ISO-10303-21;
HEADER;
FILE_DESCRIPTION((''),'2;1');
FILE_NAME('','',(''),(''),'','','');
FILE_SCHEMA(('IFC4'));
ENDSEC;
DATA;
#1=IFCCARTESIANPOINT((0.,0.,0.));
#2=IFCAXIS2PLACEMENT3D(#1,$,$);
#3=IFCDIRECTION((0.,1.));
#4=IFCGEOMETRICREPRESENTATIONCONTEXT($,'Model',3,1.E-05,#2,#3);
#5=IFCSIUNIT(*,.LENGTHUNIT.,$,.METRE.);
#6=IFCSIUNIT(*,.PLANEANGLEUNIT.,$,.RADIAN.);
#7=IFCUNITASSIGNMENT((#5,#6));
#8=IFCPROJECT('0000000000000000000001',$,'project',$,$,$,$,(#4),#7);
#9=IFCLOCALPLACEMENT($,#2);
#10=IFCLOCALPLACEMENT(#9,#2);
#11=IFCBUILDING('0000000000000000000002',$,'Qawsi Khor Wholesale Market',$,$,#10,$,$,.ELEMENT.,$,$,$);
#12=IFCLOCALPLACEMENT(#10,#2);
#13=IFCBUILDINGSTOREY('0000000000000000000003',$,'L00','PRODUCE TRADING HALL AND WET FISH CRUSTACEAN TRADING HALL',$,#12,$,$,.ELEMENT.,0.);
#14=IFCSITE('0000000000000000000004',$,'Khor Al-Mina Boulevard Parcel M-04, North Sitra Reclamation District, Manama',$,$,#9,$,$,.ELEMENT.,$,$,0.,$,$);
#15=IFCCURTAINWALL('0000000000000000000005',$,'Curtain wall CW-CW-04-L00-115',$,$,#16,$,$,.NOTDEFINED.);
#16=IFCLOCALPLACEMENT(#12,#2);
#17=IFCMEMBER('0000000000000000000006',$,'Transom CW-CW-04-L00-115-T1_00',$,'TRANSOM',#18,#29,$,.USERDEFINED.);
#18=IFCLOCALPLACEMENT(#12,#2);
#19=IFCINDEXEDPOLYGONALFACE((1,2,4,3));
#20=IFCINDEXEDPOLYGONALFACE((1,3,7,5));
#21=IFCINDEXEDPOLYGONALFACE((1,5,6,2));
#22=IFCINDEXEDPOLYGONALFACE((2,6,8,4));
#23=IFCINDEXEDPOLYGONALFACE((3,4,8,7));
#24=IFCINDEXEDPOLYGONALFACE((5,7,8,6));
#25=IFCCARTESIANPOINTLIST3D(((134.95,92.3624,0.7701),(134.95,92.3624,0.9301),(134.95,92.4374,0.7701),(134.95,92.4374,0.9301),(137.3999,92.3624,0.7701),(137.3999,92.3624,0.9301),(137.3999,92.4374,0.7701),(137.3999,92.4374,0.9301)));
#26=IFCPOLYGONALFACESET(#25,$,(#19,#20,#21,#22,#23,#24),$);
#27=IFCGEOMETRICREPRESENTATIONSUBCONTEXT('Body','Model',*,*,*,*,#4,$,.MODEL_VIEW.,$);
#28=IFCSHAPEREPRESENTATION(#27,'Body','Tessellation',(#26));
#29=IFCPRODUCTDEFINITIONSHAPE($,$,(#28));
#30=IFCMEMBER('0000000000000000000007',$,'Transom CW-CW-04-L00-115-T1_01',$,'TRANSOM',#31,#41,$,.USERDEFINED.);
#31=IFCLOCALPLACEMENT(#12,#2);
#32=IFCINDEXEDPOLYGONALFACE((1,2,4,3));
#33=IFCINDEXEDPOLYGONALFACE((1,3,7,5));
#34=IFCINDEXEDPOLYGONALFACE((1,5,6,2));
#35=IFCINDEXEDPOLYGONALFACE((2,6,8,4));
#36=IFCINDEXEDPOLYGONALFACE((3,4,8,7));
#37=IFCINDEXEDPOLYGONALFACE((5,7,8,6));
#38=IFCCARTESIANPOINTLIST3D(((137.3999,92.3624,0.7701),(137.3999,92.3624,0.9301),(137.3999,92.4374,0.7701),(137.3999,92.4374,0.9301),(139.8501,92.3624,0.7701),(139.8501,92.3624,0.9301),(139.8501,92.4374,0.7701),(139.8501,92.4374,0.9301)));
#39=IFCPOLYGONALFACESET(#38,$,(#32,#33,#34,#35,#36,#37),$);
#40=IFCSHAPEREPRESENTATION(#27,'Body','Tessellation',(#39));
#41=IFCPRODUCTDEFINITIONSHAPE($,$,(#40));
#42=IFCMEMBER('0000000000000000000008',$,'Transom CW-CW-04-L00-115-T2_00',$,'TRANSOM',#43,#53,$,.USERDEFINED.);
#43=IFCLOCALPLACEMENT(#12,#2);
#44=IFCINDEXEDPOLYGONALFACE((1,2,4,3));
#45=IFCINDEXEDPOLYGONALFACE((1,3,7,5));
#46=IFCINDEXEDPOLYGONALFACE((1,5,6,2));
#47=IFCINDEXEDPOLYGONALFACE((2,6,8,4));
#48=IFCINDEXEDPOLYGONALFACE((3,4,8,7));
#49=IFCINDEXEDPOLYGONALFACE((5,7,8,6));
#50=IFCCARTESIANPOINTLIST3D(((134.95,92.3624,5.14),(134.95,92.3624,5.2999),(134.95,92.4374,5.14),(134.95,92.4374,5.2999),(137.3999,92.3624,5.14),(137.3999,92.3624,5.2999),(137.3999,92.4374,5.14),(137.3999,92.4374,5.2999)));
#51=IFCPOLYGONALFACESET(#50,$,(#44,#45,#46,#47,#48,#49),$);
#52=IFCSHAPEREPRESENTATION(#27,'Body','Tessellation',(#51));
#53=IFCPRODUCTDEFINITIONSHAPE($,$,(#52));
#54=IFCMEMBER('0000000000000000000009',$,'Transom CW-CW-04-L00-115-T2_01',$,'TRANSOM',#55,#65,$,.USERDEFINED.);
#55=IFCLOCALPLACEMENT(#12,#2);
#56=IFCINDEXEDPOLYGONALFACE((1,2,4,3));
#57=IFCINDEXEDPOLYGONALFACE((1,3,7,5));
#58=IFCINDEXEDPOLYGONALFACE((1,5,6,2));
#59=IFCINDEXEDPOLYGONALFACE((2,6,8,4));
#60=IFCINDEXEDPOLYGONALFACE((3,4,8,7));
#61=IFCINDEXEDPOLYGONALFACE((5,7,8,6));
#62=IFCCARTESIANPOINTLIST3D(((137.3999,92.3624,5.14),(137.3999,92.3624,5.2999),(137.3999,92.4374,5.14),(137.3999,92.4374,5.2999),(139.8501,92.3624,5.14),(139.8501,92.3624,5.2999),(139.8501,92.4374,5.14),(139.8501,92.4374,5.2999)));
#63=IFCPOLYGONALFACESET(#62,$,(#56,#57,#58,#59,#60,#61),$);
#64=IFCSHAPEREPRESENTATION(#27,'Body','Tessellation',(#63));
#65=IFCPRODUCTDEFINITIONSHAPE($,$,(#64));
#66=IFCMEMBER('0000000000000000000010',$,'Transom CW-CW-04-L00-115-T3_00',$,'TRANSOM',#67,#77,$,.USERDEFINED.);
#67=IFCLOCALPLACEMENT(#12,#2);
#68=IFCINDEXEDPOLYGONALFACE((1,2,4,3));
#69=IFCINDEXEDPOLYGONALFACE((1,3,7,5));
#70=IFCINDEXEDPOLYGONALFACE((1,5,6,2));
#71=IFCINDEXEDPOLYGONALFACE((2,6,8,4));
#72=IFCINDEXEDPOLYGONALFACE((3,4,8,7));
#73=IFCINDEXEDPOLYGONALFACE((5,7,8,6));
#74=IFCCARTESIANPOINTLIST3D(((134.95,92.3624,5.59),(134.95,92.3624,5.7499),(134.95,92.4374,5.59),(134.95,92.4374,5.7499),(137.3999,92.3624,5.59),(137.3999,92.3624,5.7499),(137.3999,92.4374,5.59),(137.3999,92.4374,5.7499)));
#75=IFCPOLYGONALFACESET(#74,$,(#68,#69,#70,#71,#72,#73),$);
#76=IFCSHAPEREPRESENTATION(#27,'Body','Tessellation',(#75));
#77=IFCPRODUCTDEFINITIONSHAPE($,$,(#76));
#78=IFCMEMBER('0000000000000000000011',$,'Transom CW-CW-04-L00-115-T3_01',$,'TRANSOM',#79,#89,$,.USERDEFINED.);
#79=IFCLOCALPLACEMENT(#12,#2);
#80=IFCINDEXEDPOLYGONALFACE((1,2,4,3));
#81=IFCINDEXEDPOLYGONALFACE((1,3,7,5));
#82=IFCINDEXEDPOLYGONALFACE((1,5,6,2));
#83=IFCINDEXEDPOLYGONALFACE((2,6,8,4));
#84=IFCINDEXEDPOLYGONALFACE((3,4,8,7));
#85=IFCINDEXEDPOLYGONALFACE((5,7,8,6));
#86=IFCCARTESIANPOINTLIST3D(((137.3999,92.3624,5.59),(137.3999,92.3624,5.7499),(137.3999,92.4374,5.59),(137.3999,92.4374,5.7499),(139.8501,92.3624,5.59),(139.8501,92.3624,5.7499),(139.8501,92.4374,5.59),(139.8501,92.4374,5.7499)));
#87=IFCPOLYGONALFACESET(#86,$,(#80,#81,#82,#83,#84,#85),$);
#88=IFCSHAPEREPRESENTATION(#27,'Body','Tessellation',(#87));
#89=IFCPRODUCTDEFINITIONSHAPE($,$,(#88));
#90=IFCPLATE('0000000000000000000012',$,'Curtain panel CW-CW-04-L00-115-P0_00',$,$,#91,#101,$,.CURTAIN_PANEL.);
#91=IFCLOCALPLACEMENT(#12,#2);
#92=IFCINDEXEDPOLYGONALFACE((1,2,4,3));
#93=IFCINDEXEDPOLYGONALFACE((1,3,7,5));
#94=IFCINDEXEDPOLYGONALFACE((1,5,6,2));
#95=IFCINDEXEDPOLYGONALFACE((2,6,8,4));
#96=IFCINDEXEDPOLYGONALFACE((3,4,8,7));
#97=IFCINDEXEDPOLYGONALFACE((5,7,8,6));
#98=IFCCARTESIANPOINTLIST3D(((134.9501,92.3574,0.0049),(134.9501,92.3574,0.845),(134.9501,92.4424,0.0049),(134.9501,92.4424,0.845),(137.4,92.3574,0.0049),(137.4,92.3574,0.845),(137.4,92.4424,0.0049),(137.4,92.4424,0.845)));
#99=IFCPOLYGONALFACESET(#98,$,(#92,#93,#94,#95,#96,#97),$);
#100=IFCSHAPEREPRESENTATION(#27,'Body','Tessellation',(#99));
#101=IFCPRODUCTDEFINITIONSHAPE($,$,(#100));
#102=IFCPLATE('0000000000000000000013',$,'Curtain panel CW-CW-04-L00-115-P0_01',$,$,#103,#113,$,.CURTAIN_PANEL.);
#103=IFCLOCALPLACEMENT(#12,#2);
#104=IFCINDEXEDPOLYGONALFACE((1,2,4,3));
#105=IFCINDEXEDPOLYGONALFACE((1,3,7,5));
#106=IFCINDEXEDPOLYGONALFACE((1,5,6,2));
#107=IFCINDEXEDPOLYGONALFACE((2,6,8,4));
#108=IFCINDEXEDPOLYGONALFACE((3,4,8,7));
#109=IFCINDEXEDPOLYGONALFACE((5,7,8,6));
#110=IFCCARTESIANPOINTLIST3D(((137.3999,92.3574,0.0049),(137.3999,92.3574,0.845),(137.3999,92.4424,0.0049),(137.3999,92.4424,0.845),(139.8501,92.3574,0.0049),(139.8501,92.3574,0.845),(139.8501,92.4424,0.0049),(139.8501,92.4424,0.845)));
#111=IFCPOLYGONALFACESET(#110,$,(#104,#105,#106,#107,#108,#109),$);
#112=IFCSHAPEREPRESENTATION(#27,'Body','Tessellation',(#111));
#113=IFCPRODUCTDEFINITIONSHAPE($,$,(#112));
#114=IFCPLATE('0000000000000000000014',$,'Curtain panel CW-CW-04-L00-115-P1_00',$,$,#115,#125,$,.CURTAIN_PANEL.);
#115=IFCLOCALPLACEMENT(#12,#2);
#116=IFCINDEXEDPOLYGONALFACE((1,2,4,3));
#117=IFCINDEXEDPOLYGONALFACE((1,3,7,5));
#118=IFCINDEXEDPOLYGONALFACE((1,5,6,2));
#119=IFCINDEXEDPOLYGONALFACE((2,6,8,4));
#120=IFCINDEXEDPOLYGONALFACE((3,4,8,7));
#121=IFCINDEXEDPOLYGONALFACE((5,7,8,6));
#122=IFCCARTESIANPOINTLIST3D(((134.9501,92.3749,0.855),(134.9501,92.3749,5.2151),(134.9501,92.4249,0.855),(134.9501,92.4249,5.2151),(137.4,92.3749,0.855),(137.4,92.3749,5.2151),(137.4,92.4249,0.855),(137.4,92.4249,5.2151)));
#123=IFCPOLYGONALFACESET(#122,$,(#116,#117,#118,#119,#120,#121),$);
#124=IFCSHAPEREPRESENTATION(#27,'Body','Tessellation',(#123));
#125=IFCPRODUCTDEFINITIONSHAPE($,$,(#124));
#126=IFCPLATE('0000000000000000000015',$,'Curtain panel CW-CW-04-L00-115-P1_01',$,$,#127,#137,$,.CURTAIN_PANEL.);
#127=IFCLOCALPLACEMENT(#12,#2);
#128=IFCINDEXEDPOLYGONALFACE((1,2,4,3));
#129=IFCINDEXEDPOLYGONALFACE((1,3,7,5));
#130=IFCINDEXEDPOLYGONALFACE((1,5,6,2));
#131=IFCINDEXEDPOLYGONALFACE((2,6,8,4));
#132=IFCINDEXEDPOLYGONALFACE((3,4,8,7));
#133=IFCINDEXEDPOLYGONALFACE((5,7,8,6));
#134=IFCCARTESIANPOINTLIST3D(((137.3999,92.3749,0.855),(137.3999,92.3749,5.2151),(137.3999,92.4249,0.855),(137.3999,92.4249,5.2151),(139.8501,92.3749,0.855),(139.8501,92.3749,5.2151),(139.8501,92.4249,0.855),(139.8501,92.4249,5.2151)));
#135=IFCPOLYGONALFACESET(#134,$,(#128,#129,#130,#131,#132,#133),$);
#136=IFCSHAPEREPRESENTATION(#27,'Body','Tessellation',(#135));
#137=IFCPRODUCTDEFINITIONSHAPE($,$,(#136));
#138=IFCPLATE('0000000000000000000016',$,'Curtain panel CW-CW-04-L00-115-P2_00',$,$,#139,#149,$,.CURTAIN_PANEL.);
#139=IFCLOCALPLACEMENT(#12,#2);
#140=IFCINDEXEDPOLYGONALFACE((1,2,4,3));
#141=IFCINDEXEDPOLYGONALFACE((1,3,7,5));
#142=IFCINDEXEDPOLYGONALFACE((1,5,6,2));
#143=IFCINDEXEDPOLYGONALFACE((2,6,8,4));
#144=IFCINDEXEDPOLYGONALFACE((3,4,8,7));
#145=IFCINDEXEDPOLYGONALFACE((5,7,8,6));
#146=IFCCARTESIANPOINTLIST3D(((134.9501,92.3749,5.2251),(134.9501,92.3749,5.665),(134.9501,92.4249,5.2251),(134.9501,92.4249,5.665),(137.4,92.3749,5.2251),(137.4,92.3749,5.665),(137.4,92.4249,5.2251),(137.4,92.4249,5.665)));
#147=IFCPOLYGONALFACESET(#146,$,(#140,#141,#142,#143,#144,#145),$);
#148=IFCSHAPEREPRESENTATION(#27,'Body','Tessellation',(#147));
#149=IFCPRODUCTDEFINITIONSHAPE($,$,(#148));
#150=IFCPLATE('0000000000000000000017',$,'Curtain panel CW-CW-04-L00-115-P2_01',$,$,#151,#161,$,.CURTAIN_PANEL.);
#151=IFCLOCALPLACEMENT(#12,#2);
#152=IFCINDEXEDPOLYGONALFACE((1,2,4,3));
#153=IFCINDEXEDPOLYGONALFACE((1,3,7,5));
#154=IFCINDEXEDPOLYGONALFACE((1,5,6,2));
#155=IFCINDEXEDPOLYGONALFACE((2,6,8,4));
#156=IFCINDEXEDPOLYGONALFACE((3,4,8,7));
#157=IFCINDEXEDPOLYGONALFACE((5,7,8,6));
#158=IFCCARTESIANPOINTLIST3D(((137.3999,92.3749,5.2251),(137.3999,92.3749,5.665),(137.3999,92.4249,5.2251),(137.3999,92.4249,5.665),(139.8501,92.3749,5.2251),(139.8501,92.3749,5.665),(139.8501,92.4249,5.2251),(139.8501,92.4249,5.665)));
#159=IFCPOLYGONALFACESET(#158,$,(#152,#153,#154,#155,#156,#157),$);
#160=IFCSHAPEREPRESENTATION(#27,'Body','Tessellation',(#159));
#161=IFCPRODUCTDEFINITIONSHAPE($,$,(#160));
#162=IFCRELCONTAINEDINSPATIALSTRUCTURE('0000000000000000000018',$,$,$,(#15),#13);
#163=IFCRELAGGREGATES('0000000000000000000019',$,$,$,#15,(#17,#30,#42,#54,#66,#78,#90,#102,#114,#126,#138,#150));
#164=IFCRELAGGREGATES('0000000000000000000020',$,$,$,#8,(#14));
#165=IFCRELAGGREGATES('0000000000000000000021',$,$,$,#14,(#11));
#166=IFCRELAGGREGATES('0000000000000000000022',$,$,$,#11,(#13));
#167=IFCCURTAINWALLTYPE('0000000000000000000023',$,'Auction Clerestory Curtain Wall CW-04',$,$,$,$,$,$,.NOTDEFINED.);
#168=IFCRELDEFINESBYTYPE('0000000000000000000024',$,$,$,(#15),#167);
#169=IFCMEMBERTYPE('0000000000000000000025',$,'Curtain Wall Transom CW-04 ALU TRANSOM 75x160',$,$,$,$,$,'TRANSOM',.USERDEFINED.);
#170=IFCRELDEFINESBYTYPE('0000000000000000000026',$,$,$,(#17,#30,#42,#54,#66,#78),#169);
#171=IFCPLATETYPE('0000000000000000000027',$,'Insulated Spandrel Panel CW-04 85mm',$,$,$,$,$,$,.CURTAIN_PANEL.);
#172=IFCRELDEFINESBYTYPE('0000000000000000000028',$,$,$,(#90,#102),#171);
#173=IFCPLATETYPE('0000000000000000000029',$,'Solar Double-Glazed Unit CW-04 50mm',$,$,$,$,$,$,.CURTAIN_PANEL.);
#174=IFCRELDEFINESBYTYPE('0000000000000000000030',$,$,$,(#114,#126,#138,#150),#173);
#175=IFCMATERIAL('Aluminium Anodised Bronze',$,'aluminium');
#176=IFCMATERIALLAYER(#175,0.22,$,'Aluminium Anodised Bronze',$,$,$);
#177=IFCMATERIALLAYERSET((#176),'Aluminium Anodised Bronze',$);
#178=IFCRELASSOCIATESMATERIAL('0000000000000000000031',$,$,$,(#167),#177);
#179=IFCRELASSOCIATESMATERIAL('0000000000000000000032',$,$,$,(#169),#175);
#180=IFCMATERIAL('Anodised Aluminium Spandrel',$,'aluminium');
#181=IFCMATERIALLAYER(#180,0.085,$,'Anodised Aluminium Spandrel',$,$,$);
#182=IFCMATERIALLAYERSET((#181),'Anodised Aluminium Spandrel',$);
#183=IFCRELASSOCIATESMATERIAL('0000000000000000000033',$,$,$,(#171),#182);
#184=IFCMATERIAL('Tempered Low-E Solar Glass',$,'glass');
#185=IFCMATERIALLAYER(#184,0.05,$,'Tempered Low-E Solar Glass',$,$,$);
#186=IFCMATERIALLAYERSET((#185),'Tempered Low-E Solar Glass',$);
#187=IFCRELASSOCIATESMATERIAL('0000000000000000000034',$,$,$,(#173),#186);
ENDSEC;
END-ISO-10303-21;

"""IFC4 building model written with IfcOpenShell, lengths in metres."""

from ifc_helpers import new_model, si_unit, direction, frame, frame_2d, origin, origin_2d, place, context, subcontext, project, spatial, rectangle, extrude, material, layer, layer_set, material_profile, profile_set, type_object, element, aggregate, save


model = new_model("IFC4")

# Units and contexts
model_context = context("Model", 3, precision=1e-05, world=origin(), true_north=direction((0.0, 1.0)))
body_context = subcontext(model_context, "Body", "Model", "MODEL_VIEW")
ifc_project = project(units=[si_unit("LENGTHUNIT", "METRE"), si_unit("PLANEANGLEUNIT", "RADIAN")], contexts=[model_context])

# Site, building, storey
site_placement = place(None, origin())
site = spatial("IfcSite", under=ifc_project, at=site_placement, Name="Khor Al-Mina Boulevard Parcel M-04, North Sitra Reclamation District, Manama", CompositionType="ELEMENT", RefElevation=0.0)
building_placement = place(site_placement, origin())
building = spatial("IfcBuilding", under=site, at=building_placement, Name="Qawsi Khor Wholesale Market", CompositionType="ELEMENT")
storey_placement = place(building_placement, origin())
storey = spatial("IfcBuildingStorey", under=building, at=storey_placement, Name="L00", Description="PRODUCE TRADING HALL AND WET FISH CRUSTACEAN TRADING HALL", CompositionType="ELEMENT", Elevation=0.0)

# Curtain wall, members, plates
ifc_material_1 = material(Name="Aluminium Anodised Bronze", Category="aluminium")
ifc_layer_1 = layer(ifc_material_1, 0.22, Name="Aluminium Anodised Bronze")
ifc_layer_set_1 = layer_set([ifc_layer_1], Name="Aluminium Anodised Bronze")
curtain_wall_type = type_object("IfcCurtainWallType", Name="Auction Clerestory Curtain Wall CW-04", PredefinedType="NOTDEFINED", material=ifc_layer_set_1)
curtain_wall_placement = place(storey_placement, origin())
curtain_wall = element("IfcCurtainWall", 1, at=curtain_wall_placement, inside=storey, type_object=curtain_wall_type, Name="Curtain wall CW-CW-04-L00-115", PredefinedType="NOTDEFINED")
ifc_material_profile_1 = material_profile(ifc_material_1, rectangle(XDim=0.075, YDim=0.1599, at=origin_2d()), Name="ALU TRANSOM 75x160")
ifc_profile_set_1 = profile_set([ifc_material_profile_1], Name="Aluminium Anodised Bronze")
member_type_1 = type_object("IfcMemberType", Name="Curtain Wall Transom CW-04 ALU TRANSOM 75x160", ElementType="TRANSOM", PredefinedType="USERDEFINED", material=ifc_profile_set_1)
member_1_placement = place(storey_placement, frame((134.95, 92.3999, 0.8501), z_axis=(1.0, 0.0, 0.0), x_axis=(0.0, 1.0, 0.0)))
member_1 = element("IfcMember", 2, at=member_1_placement, type_object=member_type_1, Name="Transom CW-CW-04-L00-115-T1_00", ObjectType="TRANSOM", PredefinedType="USERDEFINED", context=body_context, shape_type="SweptSolid", body=[
    extrude(rectangle(XDim=0.075, YDim=0.1599, at=origin_2d()), origin(), (0.0, 0.0, 1.0), 2.45),
])
member_2_placement = place(storey_placement, frame((137.3999, 92.3999, 0.8501), z_axis=(1.0, 0.0, 0.0), x_axis=(0.0, 1.0, 0.0)))
member_2 = element("IfcMember", 3, at=member_2_placement, type_object=member_type_1, Name="Transom CW-CW-04-L00-115-T1_01", ObjectType="TRANSOM", PredefinedType="USERDEFINED", context=body_context, shape_type="SweptSolid", body=[
    extrude(rectangle(XDim=0.075, YDim=0.1599, at=origin_2d()), origin(), (0.0, 0.0, 1.0), 2.4502),
])
member_3_placement = place(storey_placement, frame((134.95, 92.3999, 5.22), z_axis=(1.0, 0.0, 0.0), x_axis=(0.0, 1.0, 0.0)))
member_3 = element("IfcMember", 4, at=member_3_placement, type_object=member_type_1, Name="Transom CW-CW-04-L00-115-T2_00", ObjectType="TRANSOM", PredefinedType="USERDEFINED", context=body_context, shape_type="SweptSolid", body=[
    extrude(rectangle(XDim=0.075, YDim=0.1599, at=origin_2d()), origin(), (0.0, 0.0, 1.0), 2.45),
])
member_4_placement = place(storey_placement, frame((137.3999, 92.3999, 5.22), z_axis=(1.0, 0.0, 0.0), x_axis=(0.0, 1.0, 0.0)))
member_4 = element("IfcMember", 5, at=member_4_placement, type_object=member_type_1, Name="Transom CW-CW-04-L00-115-T2_01", ObjectType="TRANSOM", PredefinedType="USERDEFINED", context=body_context, shape_type="SweptSolid", body=[
    extrude(rectangle(XDim=0.075, YDim=0.1599, at=origin_2d()), origin(), (0.0, 0.0, 1.0), 2.4502),
])
member_5_placement = place(storey_placement, frame((134.95, 92.3999, 5.6699), z_axis=(1.0, 0.0, 0.0), x_axis=(0.0, 1.0, 0.0)))
member_5 = element("IfcMember", 6, at=member_5_placement, type_object=member_type_1, Name="Transom CW-CW-04-L00-115-T3_00", ObjectType="TRANSOM", PredefinedType="USERDEFINED", context=body_context, shape_type="SweptSolid", body=[
    extrude(rectangle(XDim=0.075, YDim=0.1599, at=origin_2d()), origin(), (0.0, 0.0, 1.0), 2.45),
])
member_6_placement = place(storey_placement, frame((137.3999, 92.3999, 5.6699), z_axis=(1.0, 0.0, 0.0), x_axis=(0.0, 1.0, 0.0)))
member_6 = element("IfcMember", 7, at=member_6_placement, type_object=member_type_1, Name="Transom CW-CW-04-L00-115-T3_01", ObjectType="TRANSOM", PredefinedType="USERDEFINED", context=body_context, shape_type="SweptSolid", body=[
    extrude(rectangle(XDim=0.075, YDim=0.1599, at=origin_2d()), origin(), (0.0, 0.0, 1.0), 2.4502),
])
ifc_material_2 = material(Name="Anodised Aluminium Spandrel", Category="aluminium")
ifc_layer_2 = layer(ifc_material_2, 0.085, Name="Anodised Aluminium Spandrel")
ifc_layer_set_2 = layer_set([ifc_layer_2], Name="Anodised Aluminium Spandrel")
plate_type_1 = type_object("IfcPlateType", Name="Insulated Spandrel Panel CW-04 85mm", PredefinedType="CURTAIN_PANEL", material=ifc_layer_set_2)
plate_1_placement = place(storey_placement, frame((134.95, 92.3999, 0.0049), z_axis=(0.0, 0.0, 1.0), x_axis=(1.0, 0.0, 0.0)))
plate_1 = element("IfcPlate", 8, at=plate_1_placement, type_object=plate_type_1, Name="Curtain panel CW-CW-04-L00-115-P0_00", PredefinedType="CURTAIN_PANEL", context=body_context, shape_type="SweptSolid", body=[
    extrude(rectangle(XDim=2.45, YDim=0.085, at=frame_2d((1.2251, 0.0))), origin(), (0.0, 0.0, 1.0), 0.8401),
])
plate_2_placement = place(storey_placement, frame((137.3999, 92.3999, 0.0049), z_axis=(0.0, 0.0, 1.0), x_axis=(1.0, 0.0, 0.0)))
plate_2 = element("IfcPlate", 9, at=plate_2_placement, type_object=plate_type_1, Name="Curtain panel CW-CW-04-L00-115-P0_01", PredefinedType="CURTAIN_PANEL", context=body_context, shape_type="SweptSolid", body=[
    extrude(rectangle(XDim=2.4502, YDim=0.085, at=frame_2d((1.2251, 0.0))), origin(), (0.0, 0.0, 1.0), 0.8401),
])
ifc_material_3 = material(Name="Tempered Low-E Solar Glass", Category="glass")
ifc_layer_3 = layer(ifc_material_3, 0.05, Name="Tempered Low-E Solar Glass")
ifc_layer_set_3 = layer_set([ifc_layer_3], Name="Tempered Low-E Solar Glass")
plate_type_2 = type_object("IfcPlateType", Name="Solar Double-Glazed Unit CW-04 50mm", PredefinedType="CURTAIN_PANEL", material=ifc_layer_set_3)
plate_3_placement = place(storey_placement, frame((134.95, 92.3999, 0.855), z_axis=(0.0, 0.0, 1.0), x_axis=(1.0, 0.0, 0.0)))
plate_3 = element("IfcPlate", 10, at=plate_3_placement, type_object=plate_type_2, Name="Curtain panel CW-CW-04-L00-115-P1_00", PredefinedType="CURTAIN_PANEL", context=body_context, shape_type="SweptSolid", body=[
    extrude(rectangle(XDim=2.45, YDim=0.05, at=frame_2d((1.2251, 0.0))), origin(), (0.0, 0.0, 1.0), 4.3601),
])
plate_4_placement = place(storey_placement, frame((137.3999, 92.3999, 0.855), z_axis=(0.0, 0.0, 1.0), x_axis=(1.0, 0.0, 0.0)))
plate_4 = element("IfcPlate", 11, at=plate_4_placement, type_object=plate_type_2, Name="Curtain panel CW-CW-04-L00-115-P1_01", PredefinedType="CURTAIN_PANEL", context=body_context, shape_type="SweptSolid", body=[
    extrude(rectangle(XDim=2.4502, YDim=0.05, at=frame_2d((1.2251, 0.0))), origin(), (0.0, 0.0, 1.0), 4.3601),
])
plate_5_placement = place(storey_placement, frame((134.95, 92.3999, 5.2251), z_axis=(0.0, 0.0, 1.0), x_axis=(1.0, 0.0, 0.0)))
plate_5 = element("IfcPlate", 12, at=plate_5_placement, type_object=plate_type_2, Name="Curtain panel CW-CW-04-L00-115-P2_00", PredefinedType="CURTAIN_PANEL", context=body_context, shape_type="SweptSolid", body=[
    extrude(rectangle(XDim=2.45, YDim=0.05, at=frame_2d((1.2251, 0.0))), origin(), (0.0, 0.0, 1.0), 0.4399),
])
plate_6_placement = place(storey_placement, frame((137.3999, 92.3999, 5.2251), z_axis=(0.0, 0.0, 1.0), x_axis=(1.0, 0.0, 0.0)))
plate_6 = element("IfcPlate", 13, at=plate_6_placement, type_object=plate_type_2, Name="Curtain panel CW-CW-04-L00-115-P2_01", PredefinedType="CURTAIN_PANEL", context=body_context, shape_type="SweptSolid", body=[
    extrude(rectangle(XDim=2.4502, YDim=0.05, at=frame_2d((1.2251, 0.0))), origin(), (0.0, 0.0, 1.0), 0.4399),
])
aggregate(curtain_wall, [member_1, member_2, member_3, member_4, member_5, member_6, plate_1, plate_2, plate_3, plate_4, plate_5, plate_6])

save(model, "model.ifc")
